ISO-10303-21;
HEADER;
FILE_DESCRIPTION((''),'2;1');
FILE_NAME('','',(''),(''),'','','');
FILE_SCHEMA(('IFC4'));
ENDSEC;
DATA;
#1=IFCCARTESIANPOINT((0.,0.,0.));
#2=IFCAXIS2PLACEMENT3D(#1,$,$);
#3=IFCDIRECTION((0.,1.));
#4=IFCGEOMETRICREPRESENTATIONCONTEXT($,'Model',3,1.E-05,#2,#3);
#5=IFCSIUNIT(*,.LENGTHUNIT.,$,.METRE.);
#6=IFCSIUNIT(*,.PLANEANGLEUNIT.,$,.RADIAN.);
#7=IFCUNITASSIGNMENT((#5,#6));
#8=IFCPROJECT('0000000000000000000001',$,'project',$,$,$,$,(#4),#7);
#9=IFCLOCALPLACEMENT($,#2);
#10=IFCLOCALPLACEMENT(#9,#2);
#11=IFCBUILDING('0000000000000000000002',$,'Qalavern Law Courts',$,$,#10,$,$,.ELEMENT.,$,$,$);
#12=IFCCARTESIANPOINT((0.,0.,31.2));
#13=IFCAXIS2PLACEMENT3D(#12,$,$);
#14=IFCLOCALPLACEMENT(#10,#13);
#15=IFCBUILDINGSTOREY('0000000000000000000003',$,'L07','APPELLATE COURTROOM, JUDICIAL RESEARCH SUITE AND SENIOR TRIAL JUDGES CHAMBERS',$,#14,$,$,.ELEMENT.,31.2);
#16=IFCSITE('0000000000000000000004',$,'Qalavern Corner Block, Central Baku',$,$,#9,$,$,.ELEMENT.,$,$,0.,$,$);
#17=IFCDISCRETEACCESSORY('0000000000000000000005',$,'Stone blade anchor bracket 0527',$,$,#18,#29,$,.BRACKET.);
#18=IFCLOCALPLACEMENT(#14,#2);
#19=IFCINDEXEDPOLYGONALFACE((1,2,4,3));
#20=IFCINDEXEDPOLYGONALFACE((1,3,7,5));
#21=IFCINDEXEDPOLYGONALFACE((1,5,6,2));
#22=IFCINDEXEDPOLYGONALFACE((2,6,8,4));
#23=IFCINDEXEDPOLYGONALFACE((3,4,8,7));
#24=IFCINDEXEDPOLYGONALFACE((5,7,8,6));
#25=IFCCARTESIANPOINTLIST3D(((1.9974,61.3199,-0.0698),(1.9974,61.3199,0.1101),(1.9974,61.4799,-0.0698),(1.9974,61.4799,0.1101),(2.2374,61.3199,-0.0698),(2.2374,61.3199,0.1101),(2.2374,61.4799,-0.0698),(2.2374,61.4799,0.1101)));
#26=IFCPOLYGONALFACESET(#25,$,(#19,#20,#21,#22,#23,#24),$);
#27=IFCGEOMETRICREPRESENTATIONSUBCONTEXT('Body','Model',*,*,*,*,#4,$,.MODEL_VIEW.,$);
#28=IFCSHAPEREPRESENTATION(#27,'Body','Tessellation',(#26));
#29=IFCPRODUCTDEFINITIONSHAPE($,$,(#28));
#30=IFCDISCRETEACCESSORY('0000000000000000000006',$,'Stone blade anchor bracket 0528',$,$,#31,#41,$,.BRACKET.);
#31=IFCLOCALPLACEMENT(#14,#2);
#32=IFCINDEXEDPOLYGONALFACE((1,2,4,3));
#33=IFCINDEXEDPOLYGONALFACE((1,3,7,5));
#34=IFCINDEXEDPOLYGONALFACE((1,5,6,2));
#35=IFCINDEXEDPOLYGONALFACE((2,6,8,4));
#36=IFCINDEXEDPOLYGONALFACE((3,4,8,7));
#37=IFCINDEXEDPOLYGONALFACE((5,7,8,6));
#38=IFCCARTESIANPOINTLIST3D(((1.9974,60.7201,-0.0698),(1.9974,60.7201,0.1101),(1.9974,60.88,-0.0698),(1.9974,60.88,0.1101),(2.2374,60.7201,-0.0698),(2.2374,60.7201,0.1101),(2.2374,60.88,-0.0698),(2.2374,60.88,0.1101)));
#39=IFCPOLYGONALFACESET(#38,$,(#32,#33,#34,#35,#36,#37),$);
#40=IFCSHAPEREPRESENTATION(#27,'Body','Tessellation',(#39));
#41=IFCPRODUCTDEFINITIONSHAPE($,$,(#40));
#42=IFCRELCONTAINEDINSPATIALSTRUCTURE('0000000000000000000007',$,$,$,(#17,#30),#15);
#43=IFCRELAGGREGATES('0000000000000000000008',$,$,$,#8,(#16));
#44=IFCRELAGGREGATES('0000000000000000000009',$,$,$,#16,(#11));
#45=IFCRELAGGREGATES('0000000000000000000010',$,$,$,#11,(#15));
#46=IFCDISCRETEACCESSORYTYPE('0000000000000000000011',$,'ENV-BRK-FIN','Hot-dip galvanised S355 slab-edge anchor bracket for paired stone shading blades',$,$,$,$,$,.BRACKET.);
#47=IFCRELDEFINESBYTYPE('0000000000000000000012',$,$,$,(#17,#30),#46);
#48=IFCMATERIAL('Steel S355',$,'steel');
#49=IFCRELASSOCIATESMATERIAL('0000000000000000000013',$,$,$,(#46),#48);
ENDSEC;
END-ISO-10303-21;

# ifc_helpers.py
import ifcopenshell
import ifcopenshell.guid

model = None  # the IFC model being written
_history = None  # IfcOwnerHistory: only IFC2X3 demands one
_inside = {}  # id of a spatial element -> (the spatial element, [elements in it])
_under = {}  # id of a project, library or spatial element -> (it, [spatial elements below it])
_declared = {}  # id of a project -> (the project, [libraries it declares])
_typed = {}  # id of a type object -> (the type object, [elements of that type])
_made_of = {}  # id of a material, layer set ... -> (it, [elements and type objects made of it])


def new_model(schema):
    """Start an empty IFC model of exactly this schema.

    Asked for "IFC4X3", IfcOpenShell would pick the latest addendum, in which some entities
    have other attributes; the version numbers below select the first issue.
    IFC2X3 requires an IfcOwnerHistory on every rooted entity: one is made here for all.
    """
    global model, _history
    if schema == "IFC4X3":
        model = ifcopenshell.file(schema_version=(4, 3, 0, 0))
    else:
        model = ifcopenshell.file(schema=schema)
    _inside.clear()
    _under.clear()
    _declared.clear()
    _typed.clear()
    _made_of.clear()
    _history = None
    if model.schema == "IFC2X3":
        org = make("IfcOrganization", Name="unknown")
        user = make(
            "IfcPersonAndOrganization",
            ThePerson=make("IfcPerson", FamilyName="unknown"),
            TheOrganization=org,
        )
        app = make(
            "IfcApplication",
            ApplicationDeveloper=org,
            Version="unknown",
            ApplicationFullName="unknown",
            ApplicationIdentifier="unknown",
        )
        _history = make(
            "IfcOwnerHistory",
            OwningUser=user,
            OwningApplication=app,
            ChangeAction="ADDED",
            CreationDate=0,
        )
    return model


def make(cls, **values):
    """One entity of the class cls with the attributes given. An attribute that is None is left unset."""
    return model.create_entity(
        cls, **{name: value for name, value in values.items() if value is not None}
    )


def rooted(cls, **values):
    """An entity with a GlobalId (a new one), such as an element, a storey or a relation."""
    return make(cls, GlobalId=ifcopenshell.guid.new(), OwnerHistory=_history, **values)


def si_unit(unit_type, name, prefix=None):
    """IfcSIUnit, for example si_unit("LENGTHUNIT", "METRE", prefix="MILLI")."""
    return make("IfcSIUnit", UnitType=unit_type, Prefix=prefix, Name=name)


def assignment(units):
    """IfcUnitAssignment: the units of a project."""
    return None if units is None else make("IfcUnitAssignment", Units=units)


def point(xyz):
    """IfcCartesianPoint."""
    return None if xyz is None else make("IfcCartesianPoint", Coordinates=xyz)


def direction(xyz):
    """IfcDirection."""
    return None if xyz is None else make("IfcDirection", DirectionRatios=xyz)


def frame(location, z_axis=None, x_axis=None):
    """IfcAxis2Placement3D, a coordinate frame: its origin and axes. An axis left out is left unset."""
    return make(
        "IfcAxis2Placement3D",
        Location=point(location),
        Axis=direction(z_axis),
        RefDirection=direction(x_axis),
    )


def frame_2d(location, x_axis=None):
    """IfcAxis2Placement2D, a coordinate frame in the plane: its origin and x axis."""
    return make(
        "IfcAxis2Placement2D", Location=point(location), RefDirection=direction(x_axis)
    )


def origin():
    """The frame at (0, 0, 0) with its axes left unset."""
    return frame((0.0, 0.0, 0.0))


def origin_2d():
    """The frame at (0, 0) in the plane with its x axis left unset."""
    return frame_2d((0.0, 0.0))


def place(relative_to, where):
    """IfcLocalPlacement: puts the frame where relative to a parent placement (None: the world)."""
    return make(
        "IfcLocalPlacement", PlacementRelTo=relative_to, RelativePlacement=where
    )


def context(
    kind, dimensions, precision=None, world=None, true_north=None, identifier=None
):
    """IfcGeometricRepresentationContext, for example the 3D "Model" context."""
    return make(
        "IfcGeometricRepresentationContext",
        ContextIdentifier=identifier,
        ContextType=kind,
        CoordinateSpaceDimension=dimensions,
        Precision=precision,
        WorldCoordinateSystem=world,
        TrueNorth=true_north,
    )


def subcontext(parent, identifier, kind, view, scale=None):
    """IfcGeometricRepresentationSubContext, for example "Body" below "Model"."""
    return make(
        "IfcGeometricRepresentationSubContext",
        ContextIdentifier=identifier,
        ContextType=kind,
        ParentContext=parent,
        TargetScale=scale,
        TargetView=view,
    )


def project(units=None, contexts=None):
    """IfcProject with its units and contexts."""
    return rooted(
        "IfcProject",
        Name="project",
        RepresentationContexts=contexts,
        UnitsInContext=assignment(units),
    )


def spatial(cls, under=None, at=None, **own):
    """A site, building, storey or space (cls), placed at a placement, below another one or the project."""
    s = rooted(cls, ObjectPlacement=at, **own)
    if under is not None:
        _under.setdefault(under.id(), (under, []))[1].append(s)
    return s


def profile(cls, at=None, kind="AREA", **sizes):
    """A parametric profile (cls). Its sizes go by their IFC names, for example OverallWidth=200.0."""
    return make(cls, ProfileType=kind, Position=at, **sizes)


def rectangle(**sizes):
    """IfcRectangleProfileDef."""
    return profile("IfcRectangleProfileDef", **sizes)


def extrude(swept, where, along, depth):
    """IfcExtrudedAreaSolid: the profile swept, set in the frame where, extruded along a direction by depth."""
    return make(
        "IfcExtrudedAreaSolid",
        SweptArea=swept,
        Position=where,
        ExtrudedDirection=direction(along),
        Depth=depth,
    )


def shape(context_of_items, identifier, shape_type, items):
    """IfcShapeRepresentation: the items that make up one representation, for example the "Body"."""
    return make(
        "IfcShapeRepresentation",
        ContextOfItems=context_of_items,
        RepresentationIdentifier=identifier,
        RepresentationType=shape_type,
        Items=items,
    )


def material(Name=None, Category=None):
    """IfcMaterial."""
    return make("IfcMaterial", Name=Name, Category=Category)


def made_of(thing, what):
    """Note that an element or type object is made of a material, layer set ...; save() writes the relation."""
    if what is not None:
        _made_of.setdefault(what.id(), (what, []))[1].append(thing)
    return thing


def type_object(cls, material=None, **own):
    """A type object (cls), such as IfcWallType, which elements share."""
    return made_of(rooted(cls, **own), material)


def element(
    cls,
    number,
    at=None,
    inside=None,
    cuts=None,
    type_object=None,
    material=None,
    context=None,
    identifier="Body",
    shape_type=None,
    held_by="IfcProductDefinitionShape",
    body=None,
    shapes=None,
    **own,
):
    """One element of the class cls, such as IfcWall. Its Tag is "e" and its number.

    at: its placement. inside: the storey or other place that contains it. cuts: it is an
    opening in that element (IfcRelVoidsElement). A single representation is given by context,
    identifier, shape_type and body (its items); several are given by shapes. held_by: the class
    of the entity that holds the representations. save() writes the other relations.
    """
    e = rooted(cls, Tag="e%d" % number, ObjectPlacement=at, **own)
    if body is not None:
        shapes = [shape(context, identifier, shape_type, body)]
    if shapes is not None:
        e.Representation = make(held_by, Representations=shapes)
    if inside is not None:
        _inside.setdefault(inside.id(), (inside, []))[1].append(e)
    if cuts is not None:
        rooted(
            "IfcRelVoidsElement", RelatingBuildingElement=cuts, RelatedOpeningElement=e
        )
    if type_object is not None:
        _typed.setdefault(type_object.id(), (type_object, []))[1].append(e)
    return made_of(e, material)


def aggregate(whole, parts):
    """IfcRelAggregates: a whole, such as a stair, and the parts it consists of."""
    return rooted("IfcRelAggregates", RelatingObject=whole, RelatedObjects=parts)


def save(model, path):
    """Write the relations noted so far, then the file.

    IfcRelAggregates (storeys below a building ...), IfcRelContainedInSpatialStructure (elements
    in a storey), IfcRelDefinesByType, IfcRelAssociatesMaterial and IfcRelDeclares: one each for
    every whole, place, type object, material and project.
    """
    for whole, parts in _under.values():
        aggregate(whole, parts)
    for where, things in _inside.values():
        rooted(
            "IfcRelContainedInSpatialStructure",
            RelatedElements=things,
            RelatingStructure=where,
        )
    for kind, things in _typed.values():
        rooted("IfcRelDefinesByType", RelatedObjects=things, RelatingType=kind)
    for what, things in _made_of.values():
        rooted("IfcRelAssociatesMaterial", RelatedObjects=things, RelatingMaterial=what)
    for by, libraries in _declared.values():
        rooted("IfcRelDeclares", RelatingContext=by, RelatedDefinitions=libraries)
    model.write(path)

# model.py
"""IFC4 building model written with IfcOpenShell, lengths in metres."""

from ifc_helpers import new_model, si_unit, direction, frame, origin, origin_2d, place, context, subcontext, project, spatial, rectangle, extrude, material, type_object, element, save


model = new_model("IFC4")

# Units and contexts
model_context = context("Model", 3, precision=1e-05, world=origin(), true_north=direction((0.0, 1.0)))
body_context = subcontext(model_context, "Body", "Model", "MODEL_VIEW")
ifc_project = project(units=[si_unit("LENGTHUNIT", "METRE"), si_unit("PLANEANGLEUNIT", "RADIAN")], contexts=[model_context])

# Site, building, storey
site_placement = place(None, origin())
site = spatial("IfcSite", under=ifc_project, at=site_placement, Name="Qalavern Corner Block, Central Baku", CompositionType="ELEMENT", RefElevation=0.0)
building_placement = place(site_placement, origin())
building = spatial("IfcBuilding", under=site, at=building_placement, Name="Qalavern Law Courts", CompositionType="ELEMENT")
storey_placement = place(building_placement, frame((0.0, 0.0, 31.2)))
storey = spatial("IfcBuildingStorey", under=building, at=storey_placement, Name="L07", Description="APPELLATE COURTROOM, JUDICIAL RESEARCH SUITE AND SENIOR TRIAL JUDGES CHAMBERS", CompositionType="ELEMENT", Elevation=31.2)

# Discrete accessories
ifc_material_1 = material(Name="Steel S355", Category="steel")
discrete_accessory_type = type_object("IfcDiscreteAccessoryType", Name="ENV-BRK-FIN", Description="Hot-dip galvanised S355 slab-edge anchor bracket for paired stone shading blades", PredefinedType="BRACKET", material=ifc_material_1)
for number, where, z_axis, x_axis, name in (
    (1, (2.1174, 61.3999, -0.0698), (0.0, 0.0, 1.0), (-1.0, 0.0, 0.0), "Stone blade anchor bracket 0527"),
    (2, (2.1174, 60.8, -0.0698), (0.0, 0.0, 1.0), (-1.0, 0.0, 0.0), "Stone blade anchor bracket 0528"),
):
    element("IfcDiscreteAccessory", number, at=place(storey_placement, frame(where, z_axis=z_axis, x_axis=x_axis)), inside=storey, type_object=discrete_accessory_type, Name=name, PredefinedType="BRACKET", context=body_context, shape_type="SweptSolid", body=[
        extrude(rectangle(XDim=0.24, YDim=0.1599, at=origin_2d()), origin(), (0.0, 0.0, 1.0), 0.1799),
    ])

save(model, "model.ifc")
